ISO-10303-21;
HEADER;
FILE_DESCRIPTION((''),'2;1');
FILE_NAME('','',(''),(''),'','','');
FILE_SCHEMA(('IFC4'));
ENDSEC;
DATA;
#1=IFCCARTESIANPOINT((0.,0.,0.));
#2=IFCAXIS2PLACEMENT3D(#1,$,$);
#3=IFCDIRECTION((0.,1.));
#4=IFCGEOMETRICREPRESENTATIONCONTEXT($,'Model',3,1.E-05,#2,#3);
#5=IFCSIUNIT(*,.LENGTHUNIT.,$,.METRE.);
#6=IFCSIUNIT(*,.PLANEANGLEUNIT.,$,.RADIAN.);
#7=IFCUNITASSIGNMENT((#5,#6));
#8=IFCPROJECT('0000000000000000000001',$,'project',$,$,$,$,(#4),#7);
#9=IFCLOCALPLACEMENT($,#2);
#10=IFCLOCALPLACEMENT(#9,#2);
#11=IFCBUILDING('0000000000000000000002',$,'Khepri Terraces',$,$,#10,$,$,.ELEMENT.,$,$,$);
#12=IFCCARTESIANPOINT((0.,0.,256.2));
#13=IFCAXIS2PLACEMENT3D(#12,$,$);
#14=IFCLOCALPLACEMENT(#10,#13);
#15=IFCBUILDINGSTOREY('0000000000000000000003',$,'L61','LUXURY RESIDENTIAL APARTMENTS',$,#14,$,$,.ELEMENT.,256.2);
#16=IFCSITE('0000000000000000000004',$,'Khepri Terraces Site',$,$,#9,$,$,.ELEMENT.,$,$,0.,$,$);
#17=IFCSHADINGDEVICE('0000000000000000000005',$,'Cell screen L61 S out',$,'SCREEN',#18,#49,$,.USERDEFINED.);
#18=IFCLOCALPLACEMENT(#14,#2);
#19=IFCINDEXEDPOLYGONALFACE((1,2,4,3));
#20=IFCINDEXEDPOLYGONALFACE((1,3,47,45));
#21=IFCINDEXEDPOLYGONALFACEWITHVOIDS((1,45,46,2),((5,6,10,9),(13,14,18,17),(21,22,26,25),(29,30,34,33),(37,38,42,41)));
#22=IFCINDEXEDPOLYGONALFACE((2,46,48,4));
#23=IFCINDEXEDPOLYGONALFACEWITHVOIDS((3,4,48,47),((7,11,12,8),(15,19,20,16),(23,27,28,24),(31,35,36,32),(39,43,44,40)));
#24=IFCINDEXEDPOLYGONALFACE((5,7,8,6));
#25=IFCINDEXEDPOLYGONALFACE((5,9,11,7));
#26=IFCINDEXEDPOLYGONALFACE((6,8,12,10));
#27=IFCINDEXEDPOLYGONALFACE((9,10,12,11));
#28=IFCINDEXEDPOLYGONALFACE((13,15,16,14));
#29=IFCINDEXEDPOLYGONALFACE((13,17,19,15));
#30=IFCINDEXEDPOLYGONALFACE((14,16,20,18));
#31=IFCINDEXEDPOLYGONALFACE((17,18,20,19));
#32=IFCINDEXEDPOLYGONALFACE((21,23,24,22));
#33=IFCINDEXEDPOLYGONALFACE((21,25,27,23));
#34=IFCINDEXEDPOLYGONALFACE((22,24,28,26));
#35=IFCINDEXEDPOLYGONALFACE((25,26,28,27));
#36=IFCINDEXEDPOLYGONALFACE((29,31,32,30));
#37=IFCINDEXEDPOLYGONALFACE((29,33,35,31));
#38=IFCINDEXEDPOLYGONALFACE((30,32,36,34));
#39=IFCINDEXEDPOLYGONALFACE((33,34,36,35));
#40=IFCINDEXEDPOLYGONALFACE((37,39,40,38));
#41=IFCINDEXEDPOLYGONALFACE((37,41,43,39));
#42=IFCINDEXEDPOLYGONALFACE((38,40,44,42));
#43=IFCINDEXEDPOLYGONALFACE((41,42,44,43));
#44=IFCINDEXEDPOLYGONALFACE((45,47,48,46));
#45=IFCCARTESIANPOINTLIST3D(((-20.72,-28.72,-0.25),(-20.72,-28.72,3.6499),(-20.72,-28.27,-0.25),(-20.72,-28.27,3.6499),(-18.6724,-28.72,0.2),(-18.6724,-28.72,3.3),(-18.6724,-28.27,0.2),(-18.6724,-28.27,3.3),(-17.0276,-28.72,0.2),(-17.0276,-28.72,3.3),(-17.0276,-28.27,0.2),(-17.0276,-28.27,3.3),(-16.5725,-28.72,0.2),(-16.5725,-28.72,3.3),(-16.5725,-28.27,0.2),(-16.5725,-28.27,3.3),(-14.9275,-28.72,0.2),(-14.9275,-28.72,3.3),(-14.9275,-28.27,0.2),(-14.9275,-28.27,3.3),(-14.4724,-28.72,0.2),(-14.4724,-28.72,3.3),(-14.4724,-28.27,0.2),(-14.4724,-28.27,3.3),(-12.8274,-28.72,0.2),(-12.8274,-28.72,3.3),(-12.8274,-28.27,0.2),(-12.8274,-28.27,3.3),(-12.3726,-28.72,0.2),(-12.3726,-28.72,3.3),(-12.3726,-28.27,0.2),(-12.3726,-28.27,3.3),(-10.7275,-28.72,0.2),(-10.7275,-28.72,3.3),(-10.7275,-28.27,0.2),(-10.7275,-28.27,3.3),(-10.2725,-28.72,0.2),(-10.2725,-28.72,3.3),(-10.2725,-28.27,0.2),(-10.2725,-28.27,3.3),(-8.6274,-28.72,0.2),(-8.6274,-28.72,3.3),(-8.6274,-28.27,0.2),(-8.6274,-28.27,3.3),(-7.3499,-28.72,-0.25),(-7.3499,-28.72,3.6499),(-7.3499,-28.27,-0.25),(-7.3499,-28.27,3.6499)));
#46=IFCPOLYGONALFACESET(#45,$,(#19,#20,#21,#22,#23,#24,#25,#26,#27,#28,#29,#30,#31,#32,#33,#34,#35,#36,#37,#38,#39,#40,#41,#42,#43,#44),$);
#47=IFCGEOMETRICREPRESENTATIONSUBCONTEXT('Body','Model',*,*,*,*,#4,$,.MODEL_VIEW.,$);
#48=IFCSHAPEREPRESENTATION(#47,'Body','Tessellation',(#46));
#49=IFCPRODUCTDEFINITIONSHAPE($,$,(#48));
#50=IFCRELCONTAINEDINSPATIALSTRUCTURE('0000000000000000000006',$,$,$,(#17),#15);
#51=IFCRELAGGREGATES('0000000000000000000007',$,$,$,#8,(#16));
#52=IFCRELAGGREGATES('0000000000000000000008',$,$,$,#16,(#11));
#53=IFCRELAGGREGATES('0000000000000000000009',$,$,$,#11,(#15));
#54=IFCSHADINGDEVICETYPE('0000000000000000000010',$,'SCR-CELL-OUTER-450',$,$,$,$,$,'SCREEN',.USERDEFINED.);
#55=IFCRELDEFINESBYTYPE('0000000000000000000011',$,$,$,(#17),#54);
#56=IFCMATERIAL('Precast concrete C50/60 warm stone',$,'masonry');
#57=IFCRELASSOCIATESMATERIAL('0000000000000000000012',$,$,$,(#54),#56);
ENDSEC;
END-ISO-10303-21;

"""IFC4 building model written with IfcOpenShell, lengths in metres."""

from ifc_helpers import new_model, si_unit, direction, frame, origin, place, context, subcontext, project, spatial, polyline, outline, extrude, material, type_object, element, save


model = new_model("IFC4")

# Units and contexts
model_context = context("Model", 3, precision=1e-05, world=origin(), true_north=direction((0.0, 1.0)))
body_context = subcontext(model_context, "Body", "Model", "MODEL_VIEW")
ifc_project = project(units=[si_unit("LENGTHUNIT", "METRE"), si_unit("PLANEANGLEUNIT", "RADIAN")], contexts=[model_context])

# Site, building, storey
site_placement = place(None, origin())
site = spatial("IfcSite", under=ifc_project, at=site_placement, Name="Khepri Terraces Site", CompositionType="ELEMENT", RefElevation=0.0)
building_placement = place(site_placement, origin())
building = spatial("IfcBuilding", under=site, at=building_placement, Name="Khepri Terraces", CompositionType="ELEMENT")
storey_placement = place(building_placement, frame((0.0, 0.0, 256.2)))
storey = spatial("IfcBuildingStorey", under=building, at=storey_placement, Name="L61", Description="LUXURY RESIDENTIAL APARTMENTS", CompositionType="ELEMENT", Elevation=256.2)

# Shared definitions
ifc_material_1 = material(Name="Precast concrete C50/60 warm stone", Category="masonry")

# Shading device
shading_device_type_1 = type_object("IfcShadingDeviceType", Name="SCR-CELL-OUTER-450", ElementType="SCREEN", PredefinedType="USERDEFINED", material=ifc_material_1)
shading_device_1_placement = place(storey_placement, frame((-20.72, -28.27, -0.25), z_axis=(0.0, -1.0, 0.0), x_axis=(1.0, 0.0, 0.0)))
element("IfcShadingDevice", 1, at=shading_device_1_placement, inside=storey, type_object=shading_device_type_1, Name="Cell screen L61 S out", ObjectType="SCREEN", PredefinedType="USERDEFINED", context=body_context, shape_type="SweptSolid", body=[
    extrude(outline(polyline([(0.0, 0.0), (13.3701, 0.0), (13.3701, 3.8999), (0.0, 3.8999), (0.0, 0.0)]), holes=[polyline([(2.0476, 0.45), (3.6924, 0.45), (3.6924, 3.55), (2.0476, 3.55), (2.0476, 0.45)]), polyline([(4.1475, 0.45), (5.7925, 0.45), (5.7925, 3.55), (4.1475, 3.55), (4.1475, 0.45)]), polyline([(6.2476, 0.45), (7.8926, 0.45), (7.8926, 3.55), (6.2476, 3.55), (6.2476, 0.45)]), polyline([(8.3474, 0.45), (9.9924, 0.45), (9.9924, 3.55), (8.3474, 3.55), (8.3474, 0.45)]), polyline([(10.4475, 0.45), (12.0925, 0.45), (12.0925, 3.55), (10.4475, 3.55), (10.4475, 0.45)])]), origin(), (0.0, 0.0, 1.0), 0.45),
])

save(model, "model.ifc")
